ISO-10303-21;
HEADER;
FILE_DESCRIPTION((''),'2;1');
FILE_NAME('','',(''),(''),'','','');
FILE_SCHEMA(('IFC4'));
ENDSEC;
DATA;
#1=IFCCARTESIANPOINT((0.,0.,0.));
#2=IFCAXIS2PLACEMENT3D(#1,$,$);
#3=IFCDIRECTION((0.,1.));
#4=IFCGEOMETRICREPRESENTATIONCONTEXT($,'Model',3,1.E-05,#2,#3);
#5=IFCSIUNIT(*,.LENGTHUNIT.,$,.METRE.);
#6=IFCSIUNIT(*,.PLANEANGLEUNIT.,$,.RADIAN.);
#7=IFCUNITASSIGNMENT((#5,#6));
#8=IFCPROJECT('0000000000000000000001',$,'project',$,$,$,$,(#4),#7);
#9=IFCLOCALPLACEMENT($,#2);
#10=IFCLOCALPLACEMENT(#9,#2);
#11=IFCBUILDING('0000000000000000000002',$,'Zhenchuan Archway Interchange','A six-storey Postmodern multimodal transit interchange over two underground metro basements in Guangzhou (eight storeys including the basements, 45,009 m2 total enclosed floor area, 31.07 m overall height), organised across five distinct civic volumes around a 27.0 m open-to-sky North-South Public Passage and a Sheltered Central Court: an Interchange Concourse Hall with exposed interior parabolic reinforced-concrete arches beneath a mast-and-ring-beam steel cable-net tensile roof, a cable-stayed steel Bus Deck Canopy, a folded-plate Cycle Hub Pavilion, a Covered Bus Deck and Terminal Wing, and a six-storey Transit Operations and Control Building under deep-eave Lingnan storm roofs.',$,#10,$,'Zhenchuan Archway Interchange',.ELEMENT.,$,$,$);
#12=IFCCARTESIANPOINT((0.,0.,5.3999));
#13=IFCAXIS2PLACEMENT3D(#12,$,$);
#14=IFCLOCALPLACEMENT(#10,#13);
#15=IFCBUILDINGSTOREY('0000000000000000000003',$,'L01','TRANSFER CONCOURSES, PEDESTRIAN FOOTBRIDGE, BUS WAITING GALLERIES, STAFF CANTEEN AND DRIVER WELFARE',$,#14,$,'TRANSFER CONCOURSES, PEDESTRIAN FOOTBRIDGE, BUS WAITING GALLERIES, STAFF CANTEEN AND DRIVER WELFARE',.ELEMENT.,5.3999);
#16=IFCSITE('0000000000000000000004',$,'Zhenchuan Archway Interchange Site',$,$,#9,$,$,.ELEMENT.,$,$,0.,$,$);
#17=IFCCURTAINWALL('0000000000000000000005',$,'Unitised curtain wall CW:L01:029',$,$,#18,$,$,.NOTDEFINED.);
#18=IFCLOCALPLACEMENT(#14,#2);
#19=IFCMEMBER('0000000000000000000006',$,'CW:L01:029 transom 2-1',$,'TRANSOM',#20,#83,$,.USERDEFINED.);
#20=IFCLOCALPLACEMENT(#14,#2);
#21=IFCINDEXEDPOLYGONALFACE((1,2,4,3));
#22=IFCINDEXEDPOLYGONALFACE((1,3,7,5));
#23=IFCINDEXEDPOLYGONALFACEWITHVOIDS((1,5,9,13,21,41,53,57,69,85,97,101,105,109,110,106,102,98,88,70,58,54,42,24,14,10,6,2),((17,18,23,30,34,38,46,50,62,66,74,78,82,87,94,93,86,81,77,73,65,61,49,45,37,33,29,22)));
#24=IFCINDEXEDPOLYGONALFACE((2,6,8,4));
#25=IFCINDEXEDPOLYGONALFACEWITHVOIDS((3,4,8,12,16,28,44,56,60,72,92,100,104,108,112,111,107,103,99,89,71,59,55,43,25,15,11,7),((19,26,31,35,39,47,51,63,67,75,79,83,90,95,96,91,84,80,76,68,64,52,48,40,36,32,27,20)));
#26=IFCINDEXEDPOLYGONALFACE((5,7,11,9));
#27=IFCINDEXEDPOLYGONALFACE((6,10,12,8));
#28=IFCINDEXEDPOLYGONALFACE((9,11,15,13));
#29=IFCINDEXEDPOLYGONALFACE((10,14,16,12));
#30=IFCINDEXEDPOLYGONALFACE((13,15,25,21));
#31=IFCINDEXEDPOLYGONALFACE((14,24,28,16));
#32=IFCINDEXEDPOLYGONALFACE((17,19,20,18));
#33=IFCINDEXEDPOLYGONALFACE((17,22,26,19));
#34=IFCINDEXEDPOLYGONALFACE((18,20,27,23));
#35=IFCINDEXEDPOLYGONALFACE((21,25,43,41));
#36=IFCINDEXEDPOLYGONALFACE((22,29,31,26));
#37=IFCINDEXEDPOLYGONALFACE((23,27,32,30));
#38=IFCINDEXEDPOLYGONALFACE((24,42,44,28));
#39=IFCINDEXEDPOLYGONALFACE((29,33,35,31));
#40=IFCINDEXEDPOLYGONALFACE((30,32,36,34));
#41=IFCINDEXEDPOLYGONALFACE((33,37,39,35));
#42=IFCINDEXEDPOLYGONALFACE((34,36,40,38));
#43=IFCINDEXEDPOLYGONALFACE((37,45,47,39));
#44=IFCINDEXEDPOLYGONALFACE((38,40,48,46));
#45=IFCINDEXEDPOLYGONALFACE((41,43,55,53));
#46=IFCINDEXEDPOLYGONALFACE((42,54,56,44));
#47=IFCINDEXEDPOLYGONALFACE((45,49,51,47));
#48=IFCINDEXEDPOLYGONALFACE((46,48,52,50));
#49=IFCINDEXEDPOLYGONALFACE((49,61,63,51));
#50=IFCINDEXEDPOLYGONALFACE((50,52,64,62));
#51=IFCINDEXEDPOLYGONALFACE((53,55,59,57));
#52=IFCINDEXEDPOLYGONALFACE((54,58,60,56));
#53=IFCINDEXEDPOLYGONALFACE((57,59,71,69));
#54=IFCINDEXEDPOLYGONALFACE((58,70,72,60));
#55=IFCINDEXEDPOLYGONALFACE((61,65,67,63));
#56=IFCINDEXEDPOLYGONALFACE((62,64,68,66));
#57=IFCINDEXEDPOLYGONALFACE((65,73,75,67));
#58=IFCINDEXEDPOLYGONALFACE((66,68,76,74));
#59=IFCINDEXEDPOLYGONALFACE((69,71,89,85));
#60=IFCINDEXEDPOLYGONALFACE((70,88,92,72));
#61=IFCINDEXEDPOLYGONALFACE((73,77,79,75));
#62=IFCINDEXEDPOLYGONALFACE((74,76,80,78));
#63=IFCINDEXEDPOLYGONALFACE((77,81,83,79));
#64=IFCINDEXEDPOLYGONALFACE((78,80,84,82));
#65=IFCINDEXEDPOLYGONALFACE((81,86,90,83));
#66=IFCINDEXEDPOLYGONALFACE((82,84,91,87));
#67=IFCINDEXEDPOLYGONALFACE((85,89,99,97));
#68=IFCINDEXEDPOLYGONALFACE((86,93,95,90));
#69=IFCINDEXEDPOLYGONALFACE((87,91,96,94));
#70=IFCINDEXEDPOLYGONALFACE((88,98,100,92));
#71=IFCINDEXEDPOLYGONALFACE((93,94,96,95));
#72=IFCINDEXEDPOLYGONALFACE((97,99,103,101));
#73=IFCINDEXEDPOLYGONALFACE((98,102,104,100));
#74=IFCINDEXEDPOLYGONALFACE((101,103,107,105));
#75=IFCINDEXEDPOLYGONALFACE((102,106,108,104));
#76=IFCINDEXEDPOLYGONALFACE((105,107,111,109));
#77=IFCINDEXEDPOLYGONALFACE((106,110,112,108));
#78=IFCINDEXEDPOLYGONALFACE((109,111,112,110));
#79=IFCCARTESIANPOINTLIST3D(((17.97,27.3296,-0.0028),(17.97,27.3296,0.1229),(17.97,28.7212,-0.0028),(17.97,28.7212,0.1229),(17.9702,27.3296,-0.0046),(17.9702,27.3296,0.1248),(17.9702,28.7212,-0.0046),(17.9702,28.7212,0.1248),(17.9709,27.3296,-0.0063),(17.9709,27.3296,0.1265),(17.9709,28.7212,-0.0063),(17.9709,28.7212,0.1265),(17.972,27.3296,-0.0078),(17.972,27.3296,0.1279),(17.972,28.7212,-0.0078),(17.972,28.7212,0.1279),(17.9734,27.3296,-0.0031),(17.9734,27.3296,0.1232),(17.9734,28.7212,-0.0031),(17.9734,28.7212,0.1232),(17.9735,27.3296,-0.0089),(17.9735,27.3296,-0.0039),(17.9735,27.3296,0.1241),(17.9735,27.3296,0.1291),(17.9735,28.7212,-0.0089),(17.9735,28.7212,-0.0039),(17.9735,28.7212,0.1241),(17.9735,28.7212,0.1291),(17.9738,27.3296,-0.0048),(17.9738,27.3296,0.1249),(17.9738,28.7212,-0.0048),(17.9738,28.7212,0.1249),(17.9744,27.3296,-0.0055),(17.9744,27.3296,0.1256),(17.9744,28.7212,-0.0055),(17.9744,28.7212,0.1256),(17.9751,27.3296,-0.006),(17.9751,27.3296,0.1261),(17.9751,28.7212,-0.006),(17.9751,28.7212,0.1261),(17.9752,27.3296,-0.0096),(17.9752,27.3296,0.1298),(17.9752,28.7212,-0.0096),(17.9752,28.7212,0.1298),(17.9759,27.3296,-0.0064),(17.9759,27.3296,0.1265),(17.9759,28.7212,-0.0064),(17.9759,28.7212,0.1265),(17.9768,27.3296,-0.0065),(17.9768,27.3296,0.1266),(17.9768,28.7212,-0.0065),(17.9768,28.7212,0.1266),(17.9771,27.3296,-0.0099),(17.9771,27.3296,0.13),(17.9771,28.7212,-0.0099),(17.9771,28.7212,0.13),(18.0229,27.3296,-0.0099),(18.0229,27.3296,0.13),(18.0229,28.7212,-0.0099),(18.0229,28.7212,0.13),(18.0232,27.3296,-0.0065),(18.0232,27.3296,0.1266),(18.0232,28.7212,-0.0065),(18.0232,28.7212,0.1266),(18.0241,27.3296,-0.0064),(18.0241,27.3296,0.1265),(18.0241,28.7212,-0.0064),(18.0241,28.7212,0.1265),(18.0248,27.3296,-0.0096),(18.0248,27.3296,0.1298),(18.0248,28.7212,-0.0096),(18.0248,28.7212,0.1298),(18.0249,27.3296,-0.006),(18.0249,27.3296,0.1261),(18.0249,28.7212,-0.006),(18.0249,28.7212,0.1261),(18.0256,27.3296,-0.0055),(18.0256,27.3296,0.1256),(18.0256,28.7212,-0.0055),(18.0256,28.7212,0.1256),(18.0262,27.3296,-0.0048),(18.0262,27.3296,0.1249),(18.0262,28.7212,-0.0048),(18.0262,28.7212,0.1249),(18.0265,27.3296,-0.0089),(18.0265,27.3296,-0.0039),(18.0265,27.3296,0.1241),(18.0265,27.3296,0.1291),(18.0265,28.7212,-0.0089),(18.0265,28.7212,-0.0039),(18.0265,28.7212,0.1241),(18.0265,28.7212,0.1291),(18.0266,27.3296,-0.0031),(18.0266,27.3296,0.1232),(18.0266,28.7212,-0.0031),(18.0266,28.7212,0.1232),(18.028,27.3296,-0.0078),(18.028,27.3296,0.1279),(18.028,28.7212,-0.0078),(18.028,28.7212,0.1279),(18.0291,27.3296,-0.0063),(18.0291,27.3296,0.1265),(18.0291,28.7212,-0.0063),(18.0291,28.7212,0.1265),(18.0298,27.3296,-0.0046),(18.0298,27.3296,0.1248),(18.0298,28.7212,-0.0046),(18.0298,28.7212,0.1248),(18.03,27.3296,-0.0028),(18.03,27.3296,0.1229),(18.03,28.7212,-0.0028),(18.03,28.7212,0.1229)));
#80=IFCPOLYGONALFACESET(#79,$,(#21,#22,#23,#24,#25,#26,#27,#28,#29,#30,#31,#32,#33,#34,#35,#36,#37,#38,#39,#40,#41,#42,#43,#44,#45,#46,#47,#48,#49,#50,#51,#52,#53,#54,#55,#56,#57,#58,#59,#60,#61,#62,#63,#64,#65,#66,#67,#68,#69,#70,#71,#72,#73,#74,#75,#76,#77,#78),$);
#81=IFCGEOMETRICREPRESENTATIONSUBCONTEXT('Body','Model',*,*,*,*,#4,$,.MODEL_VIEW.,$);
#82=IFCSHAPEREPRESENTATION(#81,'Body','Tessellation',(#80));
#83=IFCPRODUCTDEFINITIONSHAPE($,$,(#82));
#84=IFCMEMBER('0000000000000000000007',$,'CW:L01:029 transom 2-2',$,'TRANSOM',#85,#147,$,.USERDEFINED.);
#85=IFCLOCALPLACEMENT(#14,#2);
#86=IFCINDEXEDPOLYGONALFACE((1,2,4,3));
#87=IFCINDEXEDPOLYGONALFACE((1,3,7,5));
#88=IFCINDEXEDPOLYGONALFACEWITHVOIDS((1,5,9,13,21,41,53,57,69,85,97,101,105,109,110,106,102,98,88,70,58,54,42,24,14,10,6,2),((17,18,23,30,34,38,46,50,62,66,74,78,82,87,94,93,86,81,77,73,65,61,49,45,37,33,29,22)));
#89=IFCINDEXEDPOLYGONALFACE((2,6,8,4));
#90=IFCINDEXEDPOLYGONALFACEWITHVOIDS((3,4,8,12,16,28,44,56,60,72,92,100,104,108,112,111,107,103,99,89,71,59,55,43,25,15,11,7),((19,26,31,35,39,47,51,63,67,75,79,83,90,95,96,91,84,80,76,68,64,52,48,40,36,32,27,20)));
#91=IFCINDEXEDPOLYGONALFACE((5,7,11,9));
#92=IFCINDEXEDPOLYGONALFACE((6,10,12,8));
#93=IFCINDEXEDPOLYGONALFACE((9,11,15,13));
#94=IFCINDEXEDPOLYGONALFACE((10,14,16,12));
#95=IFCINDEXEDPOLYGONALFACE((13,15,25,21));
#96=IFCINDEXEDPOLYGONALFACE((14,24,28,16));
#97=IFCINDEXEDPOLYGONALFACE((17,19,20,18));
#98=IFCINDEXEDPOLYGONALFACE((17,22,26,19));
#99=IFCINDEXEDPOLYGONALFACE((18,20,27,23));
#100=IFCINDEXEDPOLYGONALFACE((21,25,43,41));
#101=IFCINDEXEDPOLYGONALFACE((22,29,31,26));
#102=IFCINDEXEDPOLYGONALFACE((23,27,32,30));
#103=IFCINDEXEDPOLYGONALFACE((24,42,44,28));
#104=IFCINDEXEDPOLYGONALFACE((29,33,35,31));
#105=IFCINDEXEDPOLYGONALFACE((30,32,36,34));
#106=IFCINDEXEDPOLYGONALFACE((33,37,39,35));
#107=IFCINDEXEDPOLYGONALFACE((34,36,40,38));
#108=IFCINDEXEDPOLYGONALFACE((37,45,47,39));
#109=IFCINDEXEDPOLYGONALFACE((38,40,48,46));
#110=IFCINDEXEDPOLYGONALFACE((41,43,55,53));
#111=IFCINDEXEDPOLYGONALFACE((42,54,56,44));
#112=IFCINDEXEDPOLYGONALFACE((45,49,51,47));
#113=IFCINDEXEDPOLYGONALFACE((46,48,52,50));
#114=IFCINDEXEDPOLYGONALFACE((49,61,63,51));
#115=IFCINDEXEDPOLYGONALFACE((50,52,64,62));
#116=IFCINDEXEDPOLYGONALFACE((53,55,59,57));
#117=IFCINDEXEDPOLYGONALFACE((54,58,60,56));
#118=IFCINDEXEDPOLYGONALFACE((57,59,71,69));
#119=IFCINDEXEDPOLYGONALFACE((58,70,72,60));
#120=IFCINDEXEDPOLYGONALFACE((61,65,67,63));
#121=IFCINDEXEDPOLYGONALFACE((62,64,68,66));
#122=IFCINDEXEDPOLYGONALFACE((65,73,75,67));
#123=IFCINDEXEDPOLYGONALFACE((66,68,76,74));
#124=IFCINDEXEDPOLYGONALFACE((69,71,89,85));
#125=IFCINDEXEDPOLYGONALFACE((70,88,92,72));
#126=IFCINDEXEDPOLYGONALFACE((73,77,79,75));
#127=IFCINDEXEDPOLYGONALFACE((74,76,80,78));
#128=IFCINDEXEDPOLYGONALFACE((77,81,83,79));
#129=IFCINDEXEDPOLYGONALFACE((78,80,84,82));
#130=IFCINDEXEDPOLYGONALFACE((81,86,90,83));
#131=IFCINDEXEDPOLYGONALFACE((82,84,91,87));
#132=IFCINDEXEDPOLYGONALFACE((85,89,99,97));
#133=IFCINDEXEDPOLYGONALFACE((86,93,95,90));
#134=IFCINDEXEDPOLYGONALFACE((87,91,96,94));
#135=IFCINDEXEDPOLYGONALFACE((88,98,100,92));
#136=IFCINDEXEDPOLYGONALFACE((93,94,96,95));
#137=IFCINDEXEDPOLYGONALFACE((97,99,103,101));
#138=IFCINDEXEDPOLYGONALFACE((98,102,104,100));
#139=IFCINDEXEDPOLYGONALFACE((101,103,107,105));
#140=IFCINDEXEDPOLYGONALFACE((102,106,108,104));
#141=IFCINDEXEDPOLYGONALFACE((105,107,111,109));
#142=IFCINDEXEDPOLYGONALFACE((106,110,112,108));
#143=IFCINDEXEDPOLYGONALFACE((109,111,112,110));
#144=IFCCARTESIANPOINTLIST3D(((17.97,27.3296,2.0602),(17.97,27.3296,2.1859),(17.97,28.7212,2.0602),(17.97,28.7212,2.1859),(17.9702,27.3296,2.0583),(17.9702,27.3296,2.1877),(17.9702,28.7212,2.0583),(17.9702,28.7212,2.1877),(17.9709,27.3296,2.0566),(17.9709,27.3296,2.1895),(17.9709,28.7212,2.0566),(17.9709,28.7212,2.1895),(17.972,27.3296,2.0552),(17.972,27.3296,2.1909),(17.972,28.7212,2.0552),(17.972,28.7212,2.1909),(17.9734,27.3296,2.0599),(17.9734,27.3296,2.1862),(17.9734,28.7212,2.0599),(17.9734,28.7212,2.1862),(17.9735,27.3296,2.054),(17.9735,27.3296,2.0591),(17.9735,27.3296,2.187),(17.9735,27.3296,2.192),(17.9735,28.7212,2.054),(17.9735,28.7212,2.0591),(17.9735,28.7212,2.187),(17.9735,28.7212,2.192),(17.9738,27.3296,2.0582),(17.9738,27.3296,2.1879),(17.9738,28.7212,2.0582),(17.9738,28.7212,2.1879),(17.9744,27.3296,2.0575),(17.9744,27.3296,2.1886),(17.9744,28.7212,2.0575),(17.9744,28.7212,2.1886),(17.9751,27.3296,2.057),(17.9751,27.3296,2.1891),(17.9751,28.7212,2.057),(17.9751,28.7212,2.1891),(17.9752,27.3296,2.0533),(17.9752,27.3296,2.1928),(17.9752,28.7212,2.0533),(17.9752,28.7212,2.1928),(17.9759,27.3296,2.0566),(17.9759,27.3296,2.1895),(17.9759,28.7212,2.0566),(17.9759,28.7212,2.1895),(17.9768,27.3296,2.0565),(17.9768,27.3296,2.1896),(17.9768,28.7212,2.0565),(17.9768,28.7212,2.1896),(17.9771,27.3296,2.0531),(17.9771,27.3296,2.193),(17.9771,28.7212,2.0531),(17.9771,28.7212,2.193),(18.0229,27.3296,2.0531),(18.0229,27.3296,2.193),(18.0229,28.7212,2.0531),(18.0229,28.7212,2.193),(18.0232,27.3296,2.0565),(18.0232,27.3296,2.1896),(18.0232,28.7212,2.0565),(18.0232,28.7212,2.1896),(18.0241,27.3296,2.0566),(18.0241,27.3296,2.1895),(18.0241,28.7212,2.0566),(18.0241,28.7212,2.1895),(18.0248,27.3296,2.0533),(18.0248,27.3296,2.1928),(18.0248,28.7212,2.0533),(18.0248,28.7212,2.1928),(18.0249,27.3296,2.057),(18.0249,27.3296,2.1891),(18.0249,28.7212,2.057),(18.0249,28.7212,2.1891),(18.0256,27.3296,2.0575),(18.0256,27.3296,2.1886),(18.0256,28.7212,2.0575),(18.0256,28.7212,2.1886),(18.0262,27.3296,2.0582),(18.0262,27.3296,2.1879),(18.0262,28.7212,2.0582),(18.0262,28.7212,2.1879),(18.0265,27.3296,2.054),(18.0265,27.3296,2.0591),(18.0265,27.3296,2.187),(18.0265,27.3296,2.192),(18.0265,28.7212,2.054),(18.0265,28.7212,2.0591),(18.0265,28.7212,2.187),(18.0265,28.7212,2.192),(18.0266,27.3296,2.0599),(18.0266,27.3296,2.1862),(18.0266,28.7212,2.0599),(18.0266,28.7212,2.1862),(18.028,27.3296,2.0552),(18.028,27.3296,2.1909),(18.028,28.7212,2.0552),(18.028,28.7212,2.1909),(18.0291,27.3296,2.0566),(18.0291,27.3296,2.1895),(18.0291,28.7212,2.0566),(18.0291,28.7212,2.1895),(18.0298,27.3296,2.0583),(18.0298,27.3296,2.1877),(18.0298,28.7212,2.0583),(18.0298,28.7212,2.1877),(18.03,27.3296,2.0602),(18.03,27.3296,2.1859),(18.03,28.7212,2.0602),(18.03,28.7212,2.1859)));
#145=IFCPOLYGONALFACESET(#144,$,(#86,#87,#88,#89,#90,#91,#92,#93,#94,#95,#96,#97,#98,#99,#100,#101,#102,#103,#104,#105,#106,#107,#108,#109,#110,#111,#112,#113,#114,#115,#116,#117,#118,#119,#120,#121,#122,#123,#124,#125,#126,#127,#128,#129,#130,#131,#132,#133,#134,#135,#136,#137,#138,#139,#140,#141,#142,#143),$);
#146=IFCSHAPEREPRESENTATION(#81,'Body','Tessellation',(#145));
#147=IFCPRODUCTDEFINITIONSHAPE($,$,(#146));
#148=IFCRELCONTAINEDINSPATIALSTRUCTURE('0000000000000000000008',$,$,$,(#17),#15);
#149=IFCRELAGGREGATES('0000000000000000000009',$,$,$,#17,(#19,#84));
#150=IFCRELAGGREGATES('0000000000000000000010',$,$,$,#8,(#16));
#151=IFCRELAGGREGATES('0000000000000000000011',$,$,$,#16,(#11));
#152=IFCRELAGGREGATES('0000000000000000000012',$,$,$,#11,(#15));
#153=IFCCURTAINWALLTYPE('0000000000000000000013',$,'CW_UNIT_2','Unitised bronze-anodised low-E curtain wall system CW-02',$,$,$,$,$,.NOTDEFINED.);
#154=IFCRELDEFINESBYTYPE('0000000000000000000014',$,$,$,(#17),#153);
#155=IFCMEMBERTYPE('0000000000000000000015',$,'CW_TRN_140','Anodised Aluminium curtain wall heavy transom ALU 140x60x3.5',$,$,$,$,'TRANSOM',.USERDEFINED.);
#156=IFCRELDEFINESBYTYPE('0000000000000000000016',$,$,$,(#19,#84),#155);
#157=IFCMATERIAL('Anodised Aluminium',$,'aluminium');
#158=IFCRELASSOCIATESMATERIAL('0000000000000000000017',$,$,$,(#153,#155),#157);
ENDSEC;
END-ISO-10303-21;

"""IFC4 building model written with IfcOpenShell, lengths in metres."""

from ifc_helpers import new_model, si_unit, direction, frame, origin, origin_2d, place, context, subcontext, project, spatial, hollow_rectangle, extrude, material, material_profile, profile_set, type_object, element, aggregate, save


model = new_model("IFC4")

# Units and contexts
model_context = context("Model", 3, precision=1e-05, world=origin(), true_north=direction((0.0, 1.0)))
body_context = subcontext(model_context, "Body", "Model", "MODEL_VIEW")
ifc_project = project(units=[si_unit("LENGTHUNIT", "METRE"), si_unit("PLANEANGLEUNIT", "RADIAN")], contexts=[model_context])

# Site, building, storey
site_placement = place(None, origin())
site = spatial("IfcSite", under=ifc_project, at=site_placement, Name="Zhenchuan Archway Interchange Site", CompositionType="ELEMENT", RefElevation=0.0)
building_placement = place(site_placement, origin())
building = spatial("IfcBuilding", under=site, at=building_placement, Name="Zhenchuan Archway Interchange", Description="A six-storey Postmodern multimodal transit interchange over two underground metro basements in Guangzhou (eight storeys including the basements, 45,009 m2 total enclosed floor area, 31.07 m overall height), organised across five distinct civic volumes around a 27.0 m open-to-sky North-South Public Passage and a Sheltered Central Court: an Interchange Concourse Hall with exposed interior parabolic reinforced-concrete arches beneath a mast-and-ring-beam steel cable-net tensile roof, a cable-stayed steel Bus Deck Canopy, a folded-plate Cycle Hub Pavilion, a Covered Bus Deck and Terminal Wing, and a six-storey Transit Operations and Control Building under deep-eave Lingnan storm roofs.", LongName="Zhenchuan Archway Interchange", CompositionType="ELEMENT")
storey_placement = place(building_placement, frame((0.0, 0.0, 5.3999)))
storey = spatial("IfcBuildingStorey", under=building, at=storey_placement, Name="L01", Description="TRANSFER CONCOURSES, PEDESTRIAN FOOTBRIDGE, BUS WAITING GALLERIES, STAFF CANTEEN AND DRIVER WELFARE", LongName="TRANSFER CONCOURSES, PEDESTRIAN FOOTBRIDGE, BUS WAITING GALLERIES, STAFF CANTEEN AND DRIVER WELFARE", CompositionType="ELEMENT", Elevation=5.3999)

# Curtain wall
ifc_material_1 = material(Name="Anodised Aluminium", Category="aluminium")
curtain_wall_type_1 = type_object("IfcCurtainWallType", Name="CW_UNIT_2", Description="Unitised bronze-anodised low-E curtain wall system CW-02", PredefinedType="NOTDEFINED", material=ifc_material_1)
curtain_wall_1_placement = place(storey_placement, origin())
curtain_wall_1 = element("IfcCurtainWall", 1, at=curtain_wall_1_placement, inside=storey, type_object=curtain_wall_type_1, Name="Unitised curtain wall CW:L01:029", PredefinedType="NOTDEFINED")

# Members
ifc_material_profile_1 = material_profile(ifc_material_1, hollow_rectangle(XDim=0.0601, YDim=0.1399, WallThickness=0.0034, InnerFilletRadius=0.0034, OuterFilletRadius=0.0071, at=origin_2d()), Name="ALU 140x60x3.5")
ifc_profile_set_1 = profile_set([ifc_material_profile_1], Name="Anodised Aluminium")
member_type_1 = type_object("IfcMemberType", Name="CW_TRN_140", Description="Anodised Aluminium curtain wall heavy transom ALU 140x60x3.5", ElementType="TRANSOM", PredefinedType="USERDEFINED", material=ifc_profile_set_1)
member_1_placement = place(storey_placement, frame((18.0, 27.3296, 0.0601), z_axis=(0.0, 1.0, 0.0), x_axis=(-1.0, 0.0, 0.0)))
member_1 = element("IfcMember", 2, at=member_1_placement, type_object=member_type_1, Name="CW:L01:029 transom 2-1", ObjectType="TRANSOM", PredefinedType="USERDEFINED", context=body_context, shape_type="SweptSolid", body=[
    extrude(hollow_rectangle(XDim=0.0601, YDim=0.1399, WallThickness=0.0034, InnerFilletRadius=0.0034, OuterFilletRadius=0.0071, at=origin_2d()), origin(), (0.0, 0.0, 1.0), 1.3916),
])
member_2_placement = place(storey_placement, frame((18.0, 27.3296, 2.123), z_axis=(0.0, 1.0, 0.0), x_axis=(-1.0, 0.0, 0.0)))
member_2 = element("IfcMember", 3, at=member_2_placement, type_object=member_type_1, Name="CW:L01:029 transom 2-2", ObjectType="TRANSOM", PredefinedType="USERDEFINED", context=body_context, shape_type="SweptSolid", body=[
    extrude(hollow_rectangle(XDim=0.0601, YDim=0.1399, WallThickness=0.0034, InnerFilletRadius=0.0034, OuterFilletRadius=0.0071, at=origin_2d()), origin(), (0.0, 0.0, 1.0), 1.3916),
])

aggregate(curtain_wall_1, [member_1, member_2])

save(model, "model.ifc")
